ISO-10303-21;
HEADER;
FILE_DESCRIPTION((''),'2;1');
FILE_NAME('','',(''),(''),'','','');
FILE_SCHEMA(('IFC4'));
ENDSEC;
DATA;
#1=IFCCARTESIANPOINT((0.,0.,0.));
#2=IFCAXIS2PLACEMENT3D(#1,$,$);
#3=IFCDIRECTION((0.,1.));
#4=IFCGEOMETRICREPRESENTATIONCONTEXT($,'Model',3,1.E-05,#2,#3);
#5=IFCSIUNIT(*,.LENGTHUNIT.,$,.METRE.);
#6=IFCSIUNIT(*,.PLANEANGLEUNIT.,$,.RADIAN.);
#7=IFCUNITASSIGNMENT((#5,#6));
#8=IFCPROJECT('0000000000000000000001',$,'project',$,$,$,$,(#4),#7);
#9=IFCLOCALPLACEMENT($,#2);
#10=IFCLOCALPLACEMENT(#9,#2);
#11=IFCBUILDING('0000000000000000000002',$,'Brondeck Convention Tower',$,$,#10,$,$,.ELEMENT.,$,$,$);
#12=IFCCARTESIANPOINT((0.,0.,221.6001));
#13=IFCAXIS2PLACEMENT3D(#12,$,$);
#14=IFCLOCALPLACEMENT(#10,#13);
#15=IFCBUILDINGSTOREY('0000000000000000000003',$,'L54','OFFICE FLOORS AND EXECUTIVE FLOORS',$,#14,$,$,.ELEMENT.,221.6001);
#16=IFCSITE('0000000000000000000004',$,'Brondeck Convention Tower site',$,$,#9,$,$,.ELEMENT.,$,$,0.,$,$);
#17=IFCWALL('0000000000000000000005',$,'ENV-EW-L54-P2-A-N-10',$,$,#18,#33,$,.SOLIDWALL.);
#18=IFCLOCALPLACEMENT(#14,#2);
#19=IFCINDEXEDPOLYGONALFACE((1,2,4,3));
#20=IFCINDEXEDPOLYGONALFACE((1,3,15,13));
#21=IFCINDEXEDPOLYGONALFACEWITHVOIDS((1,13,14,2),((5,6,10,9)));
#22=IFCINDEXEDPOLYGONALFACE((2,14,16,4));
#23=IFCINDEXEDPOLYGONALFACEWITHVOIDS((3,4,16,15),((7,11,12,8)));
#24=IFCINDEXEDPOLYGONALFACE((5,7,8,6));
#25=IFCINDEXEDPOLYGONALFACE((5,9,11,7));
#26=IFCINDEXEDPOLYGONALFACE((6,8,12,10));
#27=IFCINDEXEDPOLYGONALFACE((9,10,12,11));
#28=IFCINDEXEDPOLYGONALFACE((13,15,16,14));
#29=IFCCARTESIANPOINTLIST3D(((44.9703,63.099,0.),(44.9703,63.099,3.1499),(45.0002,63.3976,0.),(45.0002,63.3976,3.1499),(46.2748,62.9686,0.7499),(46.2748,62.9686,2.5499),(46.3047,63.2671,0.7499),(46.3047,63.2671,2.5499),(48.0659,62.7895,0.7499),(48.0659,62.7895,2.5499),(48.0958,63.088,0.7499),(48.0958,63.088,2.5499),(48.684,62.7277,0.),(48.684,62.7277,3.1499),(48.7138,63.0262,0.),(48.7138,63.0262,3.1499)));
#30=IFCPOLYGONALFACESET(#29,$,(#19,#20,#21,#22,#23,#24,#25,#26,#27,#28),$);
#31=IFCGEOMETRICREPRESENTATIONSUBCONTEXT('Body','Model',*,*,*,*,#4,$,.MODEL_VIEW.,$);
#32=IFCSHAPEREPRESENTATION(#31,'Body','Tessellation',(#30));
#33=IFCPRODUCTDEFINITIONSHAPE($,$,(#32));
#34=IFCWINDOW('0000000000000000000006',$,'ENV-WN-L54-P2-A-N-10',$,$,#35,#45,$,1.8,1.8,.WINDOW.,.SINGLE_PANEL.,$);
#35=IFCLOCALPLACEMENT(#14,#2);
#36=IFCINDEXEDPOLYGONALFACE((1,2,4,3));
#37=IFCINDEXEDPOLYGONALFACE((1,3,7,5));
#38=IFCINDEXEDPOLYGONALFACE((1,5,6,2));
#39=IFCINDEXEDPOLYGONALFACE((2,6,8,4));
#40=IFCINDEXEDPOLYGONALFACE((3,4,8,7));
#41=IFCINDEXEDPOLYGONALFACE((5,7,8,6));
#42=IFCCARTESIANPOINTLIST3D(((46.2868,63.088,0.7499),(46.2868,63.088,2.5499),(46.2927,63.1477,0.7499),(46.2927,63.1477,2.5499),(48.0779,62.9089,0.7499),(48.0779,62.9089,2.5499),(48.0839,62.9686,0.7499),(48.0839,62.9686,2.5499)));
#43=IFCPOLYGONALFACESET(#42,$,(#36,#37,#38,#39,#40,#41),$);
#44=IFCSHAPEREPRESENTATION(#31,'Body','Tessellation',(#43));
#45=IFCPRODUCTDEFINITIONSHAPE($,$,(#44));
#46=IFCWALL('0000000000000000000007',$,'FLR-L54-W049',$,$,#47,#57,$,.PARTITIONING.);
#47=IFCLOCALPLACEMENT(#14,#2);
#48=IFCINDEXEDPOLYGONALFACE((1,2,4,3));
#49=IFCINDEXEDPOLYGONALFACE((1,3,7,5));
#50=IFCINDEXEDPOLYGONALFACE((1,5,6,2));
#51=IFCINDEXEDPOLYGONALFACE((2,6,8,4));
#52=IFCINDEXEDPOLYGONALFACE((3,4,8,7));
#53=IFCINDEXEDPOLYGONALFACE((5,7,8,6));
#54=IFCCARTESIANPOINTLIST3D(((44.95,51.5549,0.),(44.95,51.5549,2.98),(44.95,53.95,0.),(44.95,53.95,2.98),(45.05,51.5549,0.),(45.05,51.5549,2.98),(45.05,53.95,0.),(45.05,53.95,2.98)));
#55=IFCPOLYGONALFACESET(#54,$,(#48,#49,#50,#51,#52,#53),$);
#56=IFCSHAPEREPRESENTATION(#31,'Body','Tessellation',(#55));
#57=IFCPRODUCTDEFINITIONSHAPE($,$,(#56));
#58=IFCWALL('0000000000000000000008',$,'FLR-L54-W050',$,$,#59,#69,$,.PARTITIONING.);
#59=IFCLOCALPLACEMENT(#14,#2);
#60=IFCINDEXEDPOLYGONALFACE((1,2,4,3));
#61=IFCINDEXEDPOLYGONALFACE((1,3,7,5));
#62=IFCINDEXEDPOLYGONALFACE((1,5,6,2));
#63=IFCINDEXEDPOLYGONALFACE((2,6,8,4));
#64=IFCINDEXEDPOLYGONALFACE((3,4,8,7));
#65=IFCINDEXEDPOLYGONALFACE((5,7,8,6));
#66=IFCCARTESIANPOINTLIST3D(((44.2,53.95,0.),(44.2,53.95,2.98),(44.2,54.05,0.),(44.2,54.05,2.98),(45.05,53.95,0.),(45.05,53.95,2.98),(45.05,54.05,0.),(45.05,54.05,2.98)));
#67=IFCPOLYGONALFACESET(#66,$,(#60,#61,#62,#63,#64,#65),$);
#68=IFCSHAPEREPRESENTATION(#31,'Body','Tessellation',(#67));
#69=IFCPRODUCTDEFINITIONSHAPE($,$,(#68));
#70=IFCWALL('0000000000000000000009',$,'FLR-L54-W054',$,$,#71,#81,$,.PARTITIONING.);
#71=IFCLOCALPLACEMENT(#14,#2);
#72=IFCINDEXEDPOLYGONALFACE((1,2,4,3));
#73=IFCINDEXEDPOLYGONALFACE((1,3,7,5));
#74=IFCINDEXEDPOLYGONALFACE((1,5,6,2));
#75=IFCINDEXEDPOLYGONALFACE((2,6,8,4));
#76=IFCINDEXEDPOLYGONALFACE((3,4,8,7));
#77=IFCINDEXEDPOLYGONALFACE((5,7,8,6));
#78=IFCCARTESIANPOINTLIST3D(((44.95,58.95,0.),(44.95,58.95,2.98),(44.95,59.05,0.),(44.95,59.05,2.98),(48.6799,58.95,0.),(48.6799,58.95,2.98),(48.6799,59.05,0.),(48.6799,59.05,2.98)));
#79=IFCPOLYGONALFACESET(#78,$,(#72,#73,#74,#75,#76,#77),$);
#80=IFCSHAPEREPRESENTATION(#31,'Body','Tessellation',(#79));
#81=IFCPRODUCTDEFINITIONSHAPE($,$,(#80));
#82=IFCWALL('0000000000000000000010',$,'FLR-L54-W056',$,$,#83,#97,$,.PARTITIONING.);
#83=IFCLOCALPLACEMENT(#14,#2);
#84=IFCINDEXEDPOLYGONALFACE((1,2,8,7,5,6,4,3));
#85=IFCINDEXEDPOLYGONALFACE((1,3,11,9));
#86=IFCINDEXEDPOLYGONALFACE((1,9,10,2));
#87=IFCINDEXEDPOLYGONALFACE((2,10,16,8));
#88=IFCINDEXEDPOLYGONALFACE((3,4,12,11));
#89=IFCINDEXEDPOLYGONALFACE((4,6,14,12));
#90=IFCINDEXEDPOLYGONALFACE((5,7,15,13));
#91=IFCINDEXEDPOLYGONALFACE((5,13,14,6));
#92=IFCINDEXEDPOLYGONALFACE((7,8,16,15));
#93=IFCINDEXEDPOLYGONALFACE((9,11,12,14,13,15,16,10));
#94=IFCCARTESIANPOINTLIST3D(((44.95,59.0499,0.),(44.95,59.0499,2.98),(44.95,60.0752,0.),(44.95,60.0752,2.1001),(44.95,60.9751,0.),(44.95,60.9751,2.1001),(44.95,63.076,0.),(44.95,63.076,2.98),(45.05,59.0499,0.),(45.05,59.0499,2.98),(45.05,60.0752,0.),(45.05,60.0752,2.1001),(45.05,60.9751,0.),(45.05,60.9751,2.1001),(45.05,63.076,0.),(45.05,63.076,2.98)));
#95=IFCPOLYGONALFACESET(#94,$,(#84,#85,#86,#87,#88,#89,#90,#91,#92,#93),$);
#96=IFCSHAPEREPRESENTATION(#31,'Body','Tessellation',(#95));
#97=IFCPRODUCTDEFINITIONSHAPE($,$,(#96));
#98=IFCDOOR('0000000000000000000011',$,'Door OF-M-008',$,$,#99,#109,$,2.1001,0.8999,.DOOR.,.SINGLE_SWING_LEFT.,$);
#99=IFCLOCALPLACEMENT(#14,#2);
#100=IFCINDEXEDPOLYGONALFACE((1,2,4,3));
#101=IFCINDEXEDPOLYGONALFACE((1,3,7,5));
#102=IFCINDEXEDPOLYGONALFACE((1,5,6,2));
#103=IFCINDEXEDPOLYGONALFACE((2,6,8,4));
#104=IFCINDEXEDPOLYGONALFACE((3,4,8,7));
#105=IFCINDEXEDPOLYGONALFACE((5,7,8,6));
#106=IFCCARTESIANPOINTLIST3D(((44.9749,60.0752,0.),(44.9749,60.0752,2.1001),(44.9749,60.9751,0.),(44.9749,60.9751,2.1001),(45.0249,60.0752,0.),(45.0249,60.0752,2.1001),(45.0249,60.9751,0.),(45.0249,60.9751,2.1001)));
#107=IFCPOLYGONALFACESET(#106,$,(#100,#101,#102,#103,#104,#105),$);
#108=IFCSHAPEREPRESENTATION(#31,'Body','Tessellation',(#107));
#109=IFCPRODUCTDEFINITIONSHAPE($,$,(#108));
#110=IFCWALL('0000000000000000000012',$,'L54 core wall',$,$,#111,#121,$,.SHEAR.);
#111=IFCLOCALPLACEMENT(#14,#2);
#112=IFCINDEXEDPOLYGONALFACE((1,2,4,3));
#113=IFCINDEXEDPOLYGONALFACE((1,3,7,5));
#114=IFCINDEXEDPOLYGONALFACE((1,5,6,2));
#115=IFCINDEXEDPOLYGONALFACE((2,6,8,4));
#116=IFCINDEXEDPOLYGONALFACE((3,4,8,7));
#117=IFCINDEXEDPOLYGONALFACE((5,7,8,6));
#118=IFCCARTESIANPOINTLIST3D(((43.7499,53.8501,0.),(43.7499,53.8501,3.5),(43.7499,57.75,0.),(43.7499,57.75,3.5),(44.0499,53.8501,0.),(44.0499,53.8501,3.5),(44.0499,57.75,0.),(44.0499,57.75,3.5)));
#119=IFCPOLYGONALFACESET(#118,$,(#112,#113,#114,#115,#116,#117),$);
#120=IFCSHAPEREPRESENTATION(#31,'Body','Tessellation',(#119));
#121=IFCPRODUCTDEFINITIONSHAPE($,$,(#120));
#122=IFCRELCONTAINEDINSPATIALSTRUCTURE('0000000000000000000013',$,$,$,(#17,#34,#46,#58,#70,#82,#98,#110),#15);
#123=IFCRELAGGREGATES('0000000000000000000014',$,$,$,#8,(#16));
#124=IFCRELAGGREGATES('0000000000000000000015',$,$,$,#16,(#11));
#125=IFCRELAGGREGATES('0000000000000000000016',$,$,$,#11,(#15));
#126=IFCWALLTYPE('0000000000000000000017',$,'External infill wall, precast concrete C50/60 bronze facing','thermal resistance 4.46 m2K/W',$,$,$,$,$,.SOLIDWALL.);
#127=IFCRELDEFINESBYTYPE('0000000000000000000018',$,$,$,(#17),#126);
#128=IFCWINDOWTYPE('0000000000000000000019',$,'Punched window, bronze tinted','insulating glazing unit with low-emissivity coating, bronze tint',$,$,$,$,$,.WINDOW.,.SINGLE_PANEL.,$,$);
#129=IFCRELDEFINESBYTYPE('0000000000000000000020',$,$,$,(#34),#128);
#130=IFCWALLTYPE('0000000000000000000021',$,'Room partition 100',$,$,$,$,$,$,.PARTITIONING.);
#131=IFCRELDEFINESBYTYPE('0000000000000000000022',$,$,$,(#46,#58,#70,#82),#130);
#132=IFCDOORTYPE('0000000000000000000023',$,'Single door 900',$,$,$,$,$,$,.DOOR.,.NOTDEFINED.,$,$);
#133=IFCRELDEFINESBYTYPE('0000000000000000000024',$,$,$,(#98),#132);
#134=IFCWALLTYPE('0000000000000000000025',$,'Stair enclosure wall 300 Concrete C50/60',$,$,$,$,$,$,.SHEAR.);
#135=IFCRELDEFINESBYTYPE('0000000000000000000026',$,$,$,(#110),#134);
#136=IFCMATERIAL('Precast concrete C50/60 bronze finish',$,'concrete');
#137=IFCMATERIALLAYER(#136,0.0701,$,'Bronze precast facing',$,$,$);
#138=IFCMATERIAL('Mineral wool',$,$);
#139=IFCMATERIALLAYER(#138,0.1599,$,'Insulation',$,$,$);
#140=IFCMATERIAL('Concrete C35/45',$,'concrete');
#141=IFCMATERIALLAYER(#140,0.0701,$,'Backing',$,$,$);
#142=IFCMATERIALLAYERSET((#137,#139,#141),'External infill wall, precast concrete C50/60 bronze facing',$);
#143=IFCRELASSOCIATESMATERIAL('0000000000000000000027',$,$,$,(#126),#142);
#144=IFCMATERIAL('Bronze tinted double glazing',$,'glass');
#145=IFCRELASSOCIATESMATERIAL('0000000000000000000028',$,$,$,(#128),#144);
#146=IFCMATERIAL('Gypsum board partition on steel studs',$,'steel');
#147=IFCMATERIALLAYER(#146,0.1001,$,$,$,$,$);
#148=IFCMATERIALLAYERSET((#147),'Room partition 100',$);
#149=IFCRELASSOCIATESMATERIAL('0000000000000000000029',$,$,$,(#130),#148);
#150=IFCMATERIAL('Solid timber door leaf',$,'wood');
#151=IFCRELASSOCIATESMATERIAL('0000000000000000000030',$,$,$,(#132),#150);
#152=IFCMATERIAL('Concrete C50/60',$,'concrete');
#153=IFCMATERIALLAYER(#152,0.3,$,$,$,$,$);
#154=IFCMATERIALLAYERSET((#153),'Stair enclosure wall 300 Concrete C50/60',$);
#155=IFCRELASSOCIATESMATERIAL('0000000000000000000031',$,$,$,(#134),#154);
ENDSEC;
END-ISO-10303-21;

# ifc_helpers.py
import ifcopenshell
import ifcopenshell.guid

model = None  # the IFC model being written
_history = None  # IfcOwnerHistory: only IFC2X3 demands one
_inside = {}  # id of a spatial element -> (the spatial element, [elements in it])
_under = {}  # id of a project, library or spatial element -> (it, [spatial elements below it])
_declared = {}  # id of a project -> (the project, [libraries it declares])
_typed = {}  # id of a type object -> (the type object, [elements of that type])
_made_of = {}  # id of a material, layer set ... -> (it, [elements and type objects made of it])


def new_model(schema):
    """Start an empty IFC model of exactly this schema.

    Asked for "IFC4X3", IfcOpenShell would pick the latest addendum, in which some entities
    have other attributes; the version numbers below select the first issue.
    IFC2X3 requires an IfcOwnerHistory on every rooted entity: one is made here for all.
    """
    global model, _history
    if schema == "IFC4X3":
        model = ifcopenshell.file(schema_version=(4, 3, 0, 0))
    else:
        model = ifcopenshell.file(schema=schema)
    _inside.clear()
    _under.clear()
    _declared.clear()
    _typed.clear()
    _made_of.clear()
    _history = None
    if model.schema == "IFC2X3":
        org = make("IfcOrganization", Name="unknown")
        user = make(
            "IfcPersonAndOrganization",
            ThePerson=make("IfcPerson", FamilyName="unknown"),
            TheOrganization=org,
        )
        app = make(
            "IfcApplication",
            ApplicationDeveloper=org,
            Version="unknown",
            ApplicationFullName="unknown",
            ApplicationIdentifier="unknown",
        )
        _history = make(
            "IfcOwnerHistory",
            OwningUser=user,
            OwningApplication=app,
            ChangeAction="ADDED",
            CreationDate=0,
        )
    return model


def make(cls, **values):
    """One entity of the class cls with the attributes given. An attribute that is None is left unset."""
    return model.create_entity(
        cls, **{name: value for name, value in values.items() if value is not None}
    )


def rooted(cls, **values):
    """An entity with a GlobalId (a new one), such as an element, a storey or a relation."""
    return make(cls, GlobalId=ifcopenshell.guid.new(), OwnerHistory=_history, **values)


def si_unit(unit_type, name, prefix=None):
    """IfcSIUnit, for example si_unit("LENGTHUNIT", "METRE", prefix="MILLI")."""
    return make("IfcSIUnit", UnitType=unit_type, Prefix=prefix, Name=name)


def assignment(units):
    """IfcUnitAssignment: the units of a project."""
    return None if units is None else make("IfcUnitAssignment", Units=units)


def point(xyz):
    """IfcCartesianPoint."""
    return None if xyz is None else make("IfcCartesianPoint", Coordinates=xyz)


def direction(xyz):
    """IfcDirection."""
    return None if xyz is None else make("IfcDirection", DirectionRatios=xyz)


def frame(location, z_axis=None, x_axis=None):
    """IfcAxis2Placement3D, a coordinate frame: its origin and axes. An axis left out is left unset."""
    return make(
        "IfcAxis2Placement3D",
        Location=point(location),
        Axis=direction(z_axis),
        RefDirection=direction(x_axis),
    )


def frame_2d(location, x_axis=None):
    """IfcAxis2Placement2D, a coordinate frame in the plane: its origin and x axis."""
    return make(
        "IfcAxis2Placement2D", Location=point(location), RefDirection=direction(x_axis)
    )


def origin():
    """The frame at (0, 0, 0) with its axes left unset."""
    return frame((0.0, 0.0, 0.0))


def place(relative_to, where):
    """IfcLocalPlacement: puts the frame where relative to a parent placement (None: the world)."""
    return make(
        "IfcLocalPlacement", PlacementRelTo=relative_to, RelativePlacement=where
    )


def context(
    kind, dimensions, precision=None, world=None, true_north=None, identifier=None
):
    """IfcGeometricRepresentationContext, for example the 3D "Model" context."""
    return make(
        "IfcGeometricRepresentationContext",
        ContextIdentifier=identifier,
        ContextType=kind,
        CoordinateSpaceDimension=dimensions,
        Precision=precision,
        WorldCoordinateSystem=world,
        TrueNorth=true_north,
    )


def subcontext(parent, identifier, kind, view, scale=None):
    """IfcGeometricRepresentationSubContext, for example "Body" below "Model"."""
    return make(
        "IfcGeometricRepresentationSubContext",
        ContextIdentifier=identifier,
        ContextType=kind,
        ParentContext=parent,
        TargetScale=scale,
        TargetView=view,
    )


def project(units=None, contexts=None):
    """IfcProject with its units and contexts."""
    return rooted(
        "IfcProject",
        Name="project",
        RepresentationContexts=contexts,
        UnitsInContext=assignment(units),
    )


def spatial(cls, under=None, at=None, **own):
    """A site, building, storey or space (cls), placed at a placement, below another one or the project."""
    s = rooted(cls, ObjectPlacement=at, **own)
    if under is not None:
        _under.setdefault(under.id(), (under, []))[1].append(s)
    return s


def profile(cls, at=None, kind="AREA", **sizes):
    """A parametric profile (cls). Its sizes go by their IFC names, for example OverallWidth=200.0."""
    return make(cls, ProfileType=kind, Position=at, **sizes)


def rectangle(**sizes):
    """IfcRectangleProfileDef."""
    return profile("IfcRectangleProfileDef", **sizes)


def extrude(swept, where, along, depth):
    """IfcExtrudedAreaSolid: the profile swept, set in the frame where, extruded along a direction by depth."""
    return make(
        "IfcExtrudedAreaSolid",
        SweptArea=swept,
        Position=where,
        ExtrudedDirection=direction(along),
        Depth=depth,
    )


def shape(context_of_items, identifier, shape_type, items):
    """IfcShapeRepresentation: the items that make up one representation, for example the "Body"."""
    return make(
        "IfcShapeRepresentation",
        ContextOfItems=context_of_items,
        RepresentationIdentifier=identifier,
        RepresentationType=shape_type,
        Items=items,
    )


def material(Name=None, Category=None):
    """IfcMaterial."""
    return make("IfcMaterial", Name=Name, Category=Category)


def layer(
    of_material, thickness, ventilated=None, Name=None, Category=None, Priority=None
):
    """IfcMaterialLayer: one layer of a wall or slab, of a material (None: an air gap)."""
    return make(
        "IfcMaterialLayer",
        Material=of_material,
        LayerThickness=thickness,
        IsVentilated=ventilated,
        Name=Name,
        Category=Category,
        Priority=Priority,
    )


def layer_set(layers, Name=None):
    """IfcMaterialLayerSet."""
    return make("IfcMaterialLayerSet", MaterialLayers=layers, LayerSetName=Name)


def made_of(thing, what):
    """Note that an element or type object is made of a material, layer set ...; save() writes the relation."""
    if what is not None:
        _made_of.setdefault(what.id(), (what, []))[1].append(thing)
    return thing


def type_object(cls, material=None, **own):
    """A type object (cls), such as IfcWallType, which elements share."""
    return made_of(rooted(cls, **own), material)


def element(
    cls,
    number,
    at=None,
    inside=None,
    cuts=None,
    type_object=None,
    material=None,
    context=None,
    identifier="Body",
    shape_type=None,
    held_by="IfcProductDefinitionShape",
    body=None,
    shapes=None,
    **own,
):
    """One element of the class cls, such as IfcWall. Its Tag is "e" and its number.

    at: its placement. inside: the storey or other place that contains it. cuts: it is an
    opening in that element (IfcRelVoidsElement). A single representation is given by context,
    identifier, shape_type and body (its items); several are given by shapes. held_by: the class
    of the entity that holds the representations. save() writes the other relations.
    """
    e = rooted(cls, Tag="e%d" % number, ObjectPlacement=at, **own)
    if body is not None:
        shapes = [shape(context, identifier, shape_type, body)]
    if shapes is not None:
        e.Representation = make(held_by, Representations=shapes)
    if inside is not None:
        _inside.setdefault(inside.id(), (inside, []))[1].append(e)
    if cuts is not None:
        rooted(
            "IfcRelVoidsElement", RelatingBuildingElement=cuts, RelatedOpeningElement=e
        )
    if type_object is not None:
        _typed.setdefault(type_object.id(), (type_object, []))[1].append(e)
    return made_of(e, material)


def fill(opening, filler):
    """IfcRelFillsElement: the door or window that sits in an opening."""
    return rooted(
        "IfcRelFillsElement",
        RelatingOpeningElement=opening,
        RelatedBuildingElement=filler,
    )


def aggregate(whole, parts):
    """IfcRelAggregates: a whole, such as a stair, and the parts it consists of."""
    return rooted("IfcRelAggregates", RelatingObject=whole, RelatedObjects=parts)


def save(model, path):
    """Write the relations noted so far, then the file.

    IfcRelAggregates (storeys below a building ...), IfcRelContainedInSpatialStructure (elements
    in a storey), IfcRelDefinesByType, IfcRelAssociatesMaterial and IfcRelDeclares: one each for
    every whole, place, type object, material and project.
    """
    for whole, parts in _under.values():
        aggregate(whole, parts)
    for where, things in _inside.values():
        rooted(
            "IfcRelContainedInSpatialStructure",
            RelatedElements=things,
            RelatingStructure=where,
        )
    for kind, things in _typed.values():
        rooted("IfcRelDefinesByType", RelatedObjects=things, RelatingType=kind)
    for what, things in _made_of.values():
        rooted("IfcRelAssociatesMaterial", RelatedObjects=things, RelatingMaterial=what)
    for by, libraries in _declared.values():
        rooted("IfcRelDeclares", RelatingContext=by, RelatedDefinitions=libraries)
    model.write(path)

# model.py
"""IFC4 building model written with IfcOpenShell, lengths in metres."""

from ifc_helpers import new_model, si_unit, direction, frame, frame_2d, origin, place, context, subcontext, project, spatial, rectangle, extrude, material, layer, layer_set, type_object, element, fill, save


model = new_model("IFC4")

# Units and contexts
model_context = context("Model", 3, precision=1e-05, world=origin(), true_north=direction((0.0, 1.0)))
body_context = subcontext(model_context, "Body", "Model", "MODEL_VIEW")
ifc_project = project(units=[si_unit("LENGTHUNIT", "METRE"), si_unit("PLANEANGLEUNIT", "RADIAN")], contexts=[model_context])

# Site, building, storey
site_placement = place(None, origin())
site = spatial("IfcSite", under=ifc_project, at=site_placement, Name="Brondeck Convention Tower site", CompositionType="ELEMENT", RefElevation=0.0)
building_placement = place(site_placement, origin())
building = spatial("IfcBuilding", under=site, at=building_placement, Name="Brondeck Convention Tower", CompositionType="ELEMENT")
storey_placement = place(building_placement, frame((0.0, 0.0, 221.6001)))
storey = spatial("IfcBuildingStorey", under=building, at=storey_placement, Name="L54", Description="OFFICE FLOORS AND EXECUTIVE FLOORS", CompositionType="ELEMENT", Elevation=221.6001)

# Shared definitions
ifc_material_1 = material(Name="Concrete C50/60", Category="concrete")

# Shared definitions
ifc_material_2 = material(Name="Precast concrete C50/60 bronze finish", Category="concrete")
ifc_layer_1 = layer(ifc_material_2, 0.0701, Name="Bronze precast facing")
ifc_material_3 = material(Name="Mineral wool")
ifc_layer_2 = layer(ifc_material_3, 0.1599, Name="Insulation")
ifc_material_4 = material(Name="Concrete C35/45", Category="concrete")
ifc_layer_3 = layer(ifc_material_4, 0.0701, Name="Backing")
ifc_layer_set_1 = layer_set([ifc_layer_1, ifc_layer_2, ifc_layer_3], Name="External infill wall, precast concrete C50/60 bronze facing")
wall_type_1 = type_object("IfcWallType", Name="External infill wall, precast concrete C50/60 bronze facing", Description="thermal resistance 4.46 m2K/W", PredefinedType="SOLIDWALL", material=ifc_layer_set_1)
ifc_material_5 = material(Name="Bronze tinted double glazing", Category="glass")
window_type_1 = type_object("IfcWindowType", Name="Punched window, bronze tinted", Description="insulating glazing unit with low-emissivity coating, bronze tint", PartitioningType="SINGLE_PANEL", PredefinedType="WINDOW", material=ifc_material_5)

# Wall, opening, window
wall_1_placement = place(storey_placement, frame((44.9851, 63.2483, 0.0), z_axis=(0.0, 0.0, 1.0), x_axis=(0.995038, -0.099497, 0.0)))
wall_1 = element("IfcWall", 1, at=wall_1_placement, inside=storey, type_object=wall_type_1, Name="ENV-EW-L54-P2-A-N-10", PredefinedType="SOLIDWALL", context=body_context, shape_type="SweptSolid", body=[
    extrude(rectangle(XDim=3.7322, YDim=0.3, at=frame_2d((1.8662, 0.0))), origin(), (0.0, 0.0, 1.0), 3.1499),
])
opening_1_placement = place(wall_1_placement, frame((1.3113, 0.0, 0.75)))
opening_1 = element("IfcOpeningElement", 2, at=opening_1_placement, cuts=wall_1, PredefinedType="OPENING", context=body_context, shape_type="SweptSolid", body=[
    extrude(rectangle(XDim=1.8, YDim=1.8, at=frame_2d((0.8999, 0.8999))), frame((0.0, 0.1599, 0.0), z_axis=(0.0, -1.0, 0.0), x_axis=(1.0, 0.0, 0.0)), (0.0, 0.0, 1.0), 0.3201),
])
window_1_placement = place(opening_1_placement, origin())
window_1 = element("IfcWindow", 3, at=window_1_placement, inside=storey, type_object=window_type_1, Name="ENV-WN-L54-P2-A-N-10", OverallHeight=1.8, OverallWidth=1.8, PartitioningType="SINGLE_PANEL", PredefinedType="WINDOW", context=body_context, shape_type="SweptSolid", body=[
    extrude(rectangle(XDim=1.8, YDim=1.8, at=frame_2d((0.8999, 0.8999))), frame((0.0, 0.03, 0.0), z_axis=(0.0, -1.0, 0.0), x_axis=(1.0, 0.0, 0.0)), (0.0, 0.0, 1.0), 0.0601),
])
fill(opening_1, window_1)

# Walls
ifc_material_6 = material(Name="Gypsum board partition on steel studs", Category="steel")
ifc_layer_4 = layer(ifc_material_6, 0.1001)
ifc_layer_set_2 = layer_set([ifc_layer_4], Name="Room partition 100")
wall_type_2 = type_object("IfcWallType", Name="Room partition 100", PredefinedType="PARTITIONING", material=ifc_layer_set_2)
wall_2_placement = place(storey_placement, frame((45.0, 53.95, 0.0), z_axis=(0.0, 0.0, 1.0), x_axis=(0.0, -1.0, 0.0)))
element("IfcWall", 4, at=wall_2_placement, inside=storey, type_object=wall_type_2, Name="FLR-L54-W049", PredefinedType="PARTITIONING", context=body_context, shape_type="SweptSolid", body=[
    extrude(rectangle(XDim=2.395, YDim=0.1001, at=frame_2d((1.1975, 0.0))), origin(), (0.0, 0.0, 1.0), 2.98),
])
wall_3_placement = place(storey_placement, frame((44.2, 54.0, 0.0), z_axis=(0.0, 0.0, 1.0), x_axis=(1.0, 0.0, 0.0)))
element("IfcWall", 5, at=wall_3_placement, inside=storey, type_object=wall_type_2, Name="FLR-L54-W050", PredefinedType="PARTITIONING", context=body_context, shape_type="SweptSolid", body=[
    extrude(rectangle(XDim=0.8501, YDim=0.1001, at=frame_2d((0.425, 0.0))), origin(), (0.0, 0.0, 1.0), 2.98),
])
wall_4_placement = place(storey_placement, frame((44.95, 59.0, 0.0), z_axis=(0.0, 0.0, 1.0), x_axis=(1.0, 0.0, 0.0)))
element("IfcWall", 6, at=wall_4_placement, inside=storey, type_object=wall_type_2, Name="FLR-L54-W054", PredefinedType="PARTITIONING", context=body_context, shape_type="SweptSolid", body=[
    extrude(rectangle(XDim=3.73, YDim=0.1001, at=frame_2d((1.865, 0.0))), origin(), (0.0, 0.0, 1.0), 2.98),
])

# Wall, opening, door
wall_5_placement = place(storey_placement, frame((45.0, 63.0762, 0.0), z_axis=(0.0, 0.0, 1.0), x_axis=(0.0, -1.0, 0.0)))
wall_5 = element("IfcWall", 7, at=wall_5_placement, inside=storey, type_object=wall_type_2, Name="FLR-L54-W056", PredefinedType="PARTITIONING", context=body_context, shape_type="SweptSolid", body=[
    extrude(rectangle(XDim=4.0261, YDim=0.1001, at=frame_2d((2.0132, 0.0))), origin(), (0.0, 0.0, 1.0), 2.98),
])
opening_2_placement = place(wall_5_placement, frame((2.1011, 0.0, 0.0)))
opening_2 = element("IfcOpeningElement", 8, at=opening_2_placement, cuts=wall_5, PredefinedType="OPENING", context=body_context, shape_type="SweptSolid", body=[
    extrude(rectangle(XDim=0.8999, YDim=2.1001, at=frame_2d((0.45, 1.05))), frame((0.0, 0.0601, 0.0), z_axis=(0.0, -1.0, 0.0), x_axis=(1.0, 0.0, 0.0)), (0.0, 0.0, 1.0), 0.1201),
])
ifc_material_7 = material(Name="Solid timber door leaf", Category="wood")
door_type = type_object("IfcDoorType", Name="Single door 900", OperationType="NOTDEFINED", PredefinedType="DOOR", material=ifc_material_7)
door_placement = place(opening_2_placement, origin())
door = element("IfcDoor", 9, at=door_placement, inside=storey, type_object=door_type, Name="Door OF-M-008", OperationType="SINGLE_SWING_LEFT", OverallHeight=2.1001, OverallWidth=0.8999, PredefinedType="DOOR", context=body_context, shape_type="SweptSolid", body=[
    extrude(rectangle(XDim=0.8999, YDim=2.1001, at=frame_2d((0.45, 1.05))), frame((0.0, 0.0249, 0.0), z_axis=(0.0, -1.0, 0.0), x_axis=(1.0, 0.0, 0.0)), (0.0, 0.0, 1.0), 0.05),
])
fill(opening_2, door)

# Wall
ifc_layer_5 = layer(ifc_material_1, 0.3)
ifc_layer_set_3 = layer_set([ifc_layer_5], Name="Stair enclosure wall 300 Concrete C50/60")
wall_type_3 = type_object("IfcWallType", Name="Stair enclosure wall 300 Concrete C50/60", PredefinedType="SHEAR", material=ifc_layer_set_3)
wall_6_placement = place(storey_placement, frame((43.8999, 53.8501, 0.0), z_axis=(0.0, 0.0, 1.0), x_axis=(0.0, 1.0, 0.0)))
element("IfcWall", 10, at=wall_6_placement, inside=storey, type_object=wall_type_3, Name="L54 core wall", PredefinedType="SHEAR", context=body_context, shape_type="SweptSolid", body=[
    extrude(rectangle(XDim=3.8999, YDim=0.3, at=frame_2d((1.95, 0.0))), origin(), (0.0, 0.0, 1.0), 3.5),
])

save(model, "model.ifc")
